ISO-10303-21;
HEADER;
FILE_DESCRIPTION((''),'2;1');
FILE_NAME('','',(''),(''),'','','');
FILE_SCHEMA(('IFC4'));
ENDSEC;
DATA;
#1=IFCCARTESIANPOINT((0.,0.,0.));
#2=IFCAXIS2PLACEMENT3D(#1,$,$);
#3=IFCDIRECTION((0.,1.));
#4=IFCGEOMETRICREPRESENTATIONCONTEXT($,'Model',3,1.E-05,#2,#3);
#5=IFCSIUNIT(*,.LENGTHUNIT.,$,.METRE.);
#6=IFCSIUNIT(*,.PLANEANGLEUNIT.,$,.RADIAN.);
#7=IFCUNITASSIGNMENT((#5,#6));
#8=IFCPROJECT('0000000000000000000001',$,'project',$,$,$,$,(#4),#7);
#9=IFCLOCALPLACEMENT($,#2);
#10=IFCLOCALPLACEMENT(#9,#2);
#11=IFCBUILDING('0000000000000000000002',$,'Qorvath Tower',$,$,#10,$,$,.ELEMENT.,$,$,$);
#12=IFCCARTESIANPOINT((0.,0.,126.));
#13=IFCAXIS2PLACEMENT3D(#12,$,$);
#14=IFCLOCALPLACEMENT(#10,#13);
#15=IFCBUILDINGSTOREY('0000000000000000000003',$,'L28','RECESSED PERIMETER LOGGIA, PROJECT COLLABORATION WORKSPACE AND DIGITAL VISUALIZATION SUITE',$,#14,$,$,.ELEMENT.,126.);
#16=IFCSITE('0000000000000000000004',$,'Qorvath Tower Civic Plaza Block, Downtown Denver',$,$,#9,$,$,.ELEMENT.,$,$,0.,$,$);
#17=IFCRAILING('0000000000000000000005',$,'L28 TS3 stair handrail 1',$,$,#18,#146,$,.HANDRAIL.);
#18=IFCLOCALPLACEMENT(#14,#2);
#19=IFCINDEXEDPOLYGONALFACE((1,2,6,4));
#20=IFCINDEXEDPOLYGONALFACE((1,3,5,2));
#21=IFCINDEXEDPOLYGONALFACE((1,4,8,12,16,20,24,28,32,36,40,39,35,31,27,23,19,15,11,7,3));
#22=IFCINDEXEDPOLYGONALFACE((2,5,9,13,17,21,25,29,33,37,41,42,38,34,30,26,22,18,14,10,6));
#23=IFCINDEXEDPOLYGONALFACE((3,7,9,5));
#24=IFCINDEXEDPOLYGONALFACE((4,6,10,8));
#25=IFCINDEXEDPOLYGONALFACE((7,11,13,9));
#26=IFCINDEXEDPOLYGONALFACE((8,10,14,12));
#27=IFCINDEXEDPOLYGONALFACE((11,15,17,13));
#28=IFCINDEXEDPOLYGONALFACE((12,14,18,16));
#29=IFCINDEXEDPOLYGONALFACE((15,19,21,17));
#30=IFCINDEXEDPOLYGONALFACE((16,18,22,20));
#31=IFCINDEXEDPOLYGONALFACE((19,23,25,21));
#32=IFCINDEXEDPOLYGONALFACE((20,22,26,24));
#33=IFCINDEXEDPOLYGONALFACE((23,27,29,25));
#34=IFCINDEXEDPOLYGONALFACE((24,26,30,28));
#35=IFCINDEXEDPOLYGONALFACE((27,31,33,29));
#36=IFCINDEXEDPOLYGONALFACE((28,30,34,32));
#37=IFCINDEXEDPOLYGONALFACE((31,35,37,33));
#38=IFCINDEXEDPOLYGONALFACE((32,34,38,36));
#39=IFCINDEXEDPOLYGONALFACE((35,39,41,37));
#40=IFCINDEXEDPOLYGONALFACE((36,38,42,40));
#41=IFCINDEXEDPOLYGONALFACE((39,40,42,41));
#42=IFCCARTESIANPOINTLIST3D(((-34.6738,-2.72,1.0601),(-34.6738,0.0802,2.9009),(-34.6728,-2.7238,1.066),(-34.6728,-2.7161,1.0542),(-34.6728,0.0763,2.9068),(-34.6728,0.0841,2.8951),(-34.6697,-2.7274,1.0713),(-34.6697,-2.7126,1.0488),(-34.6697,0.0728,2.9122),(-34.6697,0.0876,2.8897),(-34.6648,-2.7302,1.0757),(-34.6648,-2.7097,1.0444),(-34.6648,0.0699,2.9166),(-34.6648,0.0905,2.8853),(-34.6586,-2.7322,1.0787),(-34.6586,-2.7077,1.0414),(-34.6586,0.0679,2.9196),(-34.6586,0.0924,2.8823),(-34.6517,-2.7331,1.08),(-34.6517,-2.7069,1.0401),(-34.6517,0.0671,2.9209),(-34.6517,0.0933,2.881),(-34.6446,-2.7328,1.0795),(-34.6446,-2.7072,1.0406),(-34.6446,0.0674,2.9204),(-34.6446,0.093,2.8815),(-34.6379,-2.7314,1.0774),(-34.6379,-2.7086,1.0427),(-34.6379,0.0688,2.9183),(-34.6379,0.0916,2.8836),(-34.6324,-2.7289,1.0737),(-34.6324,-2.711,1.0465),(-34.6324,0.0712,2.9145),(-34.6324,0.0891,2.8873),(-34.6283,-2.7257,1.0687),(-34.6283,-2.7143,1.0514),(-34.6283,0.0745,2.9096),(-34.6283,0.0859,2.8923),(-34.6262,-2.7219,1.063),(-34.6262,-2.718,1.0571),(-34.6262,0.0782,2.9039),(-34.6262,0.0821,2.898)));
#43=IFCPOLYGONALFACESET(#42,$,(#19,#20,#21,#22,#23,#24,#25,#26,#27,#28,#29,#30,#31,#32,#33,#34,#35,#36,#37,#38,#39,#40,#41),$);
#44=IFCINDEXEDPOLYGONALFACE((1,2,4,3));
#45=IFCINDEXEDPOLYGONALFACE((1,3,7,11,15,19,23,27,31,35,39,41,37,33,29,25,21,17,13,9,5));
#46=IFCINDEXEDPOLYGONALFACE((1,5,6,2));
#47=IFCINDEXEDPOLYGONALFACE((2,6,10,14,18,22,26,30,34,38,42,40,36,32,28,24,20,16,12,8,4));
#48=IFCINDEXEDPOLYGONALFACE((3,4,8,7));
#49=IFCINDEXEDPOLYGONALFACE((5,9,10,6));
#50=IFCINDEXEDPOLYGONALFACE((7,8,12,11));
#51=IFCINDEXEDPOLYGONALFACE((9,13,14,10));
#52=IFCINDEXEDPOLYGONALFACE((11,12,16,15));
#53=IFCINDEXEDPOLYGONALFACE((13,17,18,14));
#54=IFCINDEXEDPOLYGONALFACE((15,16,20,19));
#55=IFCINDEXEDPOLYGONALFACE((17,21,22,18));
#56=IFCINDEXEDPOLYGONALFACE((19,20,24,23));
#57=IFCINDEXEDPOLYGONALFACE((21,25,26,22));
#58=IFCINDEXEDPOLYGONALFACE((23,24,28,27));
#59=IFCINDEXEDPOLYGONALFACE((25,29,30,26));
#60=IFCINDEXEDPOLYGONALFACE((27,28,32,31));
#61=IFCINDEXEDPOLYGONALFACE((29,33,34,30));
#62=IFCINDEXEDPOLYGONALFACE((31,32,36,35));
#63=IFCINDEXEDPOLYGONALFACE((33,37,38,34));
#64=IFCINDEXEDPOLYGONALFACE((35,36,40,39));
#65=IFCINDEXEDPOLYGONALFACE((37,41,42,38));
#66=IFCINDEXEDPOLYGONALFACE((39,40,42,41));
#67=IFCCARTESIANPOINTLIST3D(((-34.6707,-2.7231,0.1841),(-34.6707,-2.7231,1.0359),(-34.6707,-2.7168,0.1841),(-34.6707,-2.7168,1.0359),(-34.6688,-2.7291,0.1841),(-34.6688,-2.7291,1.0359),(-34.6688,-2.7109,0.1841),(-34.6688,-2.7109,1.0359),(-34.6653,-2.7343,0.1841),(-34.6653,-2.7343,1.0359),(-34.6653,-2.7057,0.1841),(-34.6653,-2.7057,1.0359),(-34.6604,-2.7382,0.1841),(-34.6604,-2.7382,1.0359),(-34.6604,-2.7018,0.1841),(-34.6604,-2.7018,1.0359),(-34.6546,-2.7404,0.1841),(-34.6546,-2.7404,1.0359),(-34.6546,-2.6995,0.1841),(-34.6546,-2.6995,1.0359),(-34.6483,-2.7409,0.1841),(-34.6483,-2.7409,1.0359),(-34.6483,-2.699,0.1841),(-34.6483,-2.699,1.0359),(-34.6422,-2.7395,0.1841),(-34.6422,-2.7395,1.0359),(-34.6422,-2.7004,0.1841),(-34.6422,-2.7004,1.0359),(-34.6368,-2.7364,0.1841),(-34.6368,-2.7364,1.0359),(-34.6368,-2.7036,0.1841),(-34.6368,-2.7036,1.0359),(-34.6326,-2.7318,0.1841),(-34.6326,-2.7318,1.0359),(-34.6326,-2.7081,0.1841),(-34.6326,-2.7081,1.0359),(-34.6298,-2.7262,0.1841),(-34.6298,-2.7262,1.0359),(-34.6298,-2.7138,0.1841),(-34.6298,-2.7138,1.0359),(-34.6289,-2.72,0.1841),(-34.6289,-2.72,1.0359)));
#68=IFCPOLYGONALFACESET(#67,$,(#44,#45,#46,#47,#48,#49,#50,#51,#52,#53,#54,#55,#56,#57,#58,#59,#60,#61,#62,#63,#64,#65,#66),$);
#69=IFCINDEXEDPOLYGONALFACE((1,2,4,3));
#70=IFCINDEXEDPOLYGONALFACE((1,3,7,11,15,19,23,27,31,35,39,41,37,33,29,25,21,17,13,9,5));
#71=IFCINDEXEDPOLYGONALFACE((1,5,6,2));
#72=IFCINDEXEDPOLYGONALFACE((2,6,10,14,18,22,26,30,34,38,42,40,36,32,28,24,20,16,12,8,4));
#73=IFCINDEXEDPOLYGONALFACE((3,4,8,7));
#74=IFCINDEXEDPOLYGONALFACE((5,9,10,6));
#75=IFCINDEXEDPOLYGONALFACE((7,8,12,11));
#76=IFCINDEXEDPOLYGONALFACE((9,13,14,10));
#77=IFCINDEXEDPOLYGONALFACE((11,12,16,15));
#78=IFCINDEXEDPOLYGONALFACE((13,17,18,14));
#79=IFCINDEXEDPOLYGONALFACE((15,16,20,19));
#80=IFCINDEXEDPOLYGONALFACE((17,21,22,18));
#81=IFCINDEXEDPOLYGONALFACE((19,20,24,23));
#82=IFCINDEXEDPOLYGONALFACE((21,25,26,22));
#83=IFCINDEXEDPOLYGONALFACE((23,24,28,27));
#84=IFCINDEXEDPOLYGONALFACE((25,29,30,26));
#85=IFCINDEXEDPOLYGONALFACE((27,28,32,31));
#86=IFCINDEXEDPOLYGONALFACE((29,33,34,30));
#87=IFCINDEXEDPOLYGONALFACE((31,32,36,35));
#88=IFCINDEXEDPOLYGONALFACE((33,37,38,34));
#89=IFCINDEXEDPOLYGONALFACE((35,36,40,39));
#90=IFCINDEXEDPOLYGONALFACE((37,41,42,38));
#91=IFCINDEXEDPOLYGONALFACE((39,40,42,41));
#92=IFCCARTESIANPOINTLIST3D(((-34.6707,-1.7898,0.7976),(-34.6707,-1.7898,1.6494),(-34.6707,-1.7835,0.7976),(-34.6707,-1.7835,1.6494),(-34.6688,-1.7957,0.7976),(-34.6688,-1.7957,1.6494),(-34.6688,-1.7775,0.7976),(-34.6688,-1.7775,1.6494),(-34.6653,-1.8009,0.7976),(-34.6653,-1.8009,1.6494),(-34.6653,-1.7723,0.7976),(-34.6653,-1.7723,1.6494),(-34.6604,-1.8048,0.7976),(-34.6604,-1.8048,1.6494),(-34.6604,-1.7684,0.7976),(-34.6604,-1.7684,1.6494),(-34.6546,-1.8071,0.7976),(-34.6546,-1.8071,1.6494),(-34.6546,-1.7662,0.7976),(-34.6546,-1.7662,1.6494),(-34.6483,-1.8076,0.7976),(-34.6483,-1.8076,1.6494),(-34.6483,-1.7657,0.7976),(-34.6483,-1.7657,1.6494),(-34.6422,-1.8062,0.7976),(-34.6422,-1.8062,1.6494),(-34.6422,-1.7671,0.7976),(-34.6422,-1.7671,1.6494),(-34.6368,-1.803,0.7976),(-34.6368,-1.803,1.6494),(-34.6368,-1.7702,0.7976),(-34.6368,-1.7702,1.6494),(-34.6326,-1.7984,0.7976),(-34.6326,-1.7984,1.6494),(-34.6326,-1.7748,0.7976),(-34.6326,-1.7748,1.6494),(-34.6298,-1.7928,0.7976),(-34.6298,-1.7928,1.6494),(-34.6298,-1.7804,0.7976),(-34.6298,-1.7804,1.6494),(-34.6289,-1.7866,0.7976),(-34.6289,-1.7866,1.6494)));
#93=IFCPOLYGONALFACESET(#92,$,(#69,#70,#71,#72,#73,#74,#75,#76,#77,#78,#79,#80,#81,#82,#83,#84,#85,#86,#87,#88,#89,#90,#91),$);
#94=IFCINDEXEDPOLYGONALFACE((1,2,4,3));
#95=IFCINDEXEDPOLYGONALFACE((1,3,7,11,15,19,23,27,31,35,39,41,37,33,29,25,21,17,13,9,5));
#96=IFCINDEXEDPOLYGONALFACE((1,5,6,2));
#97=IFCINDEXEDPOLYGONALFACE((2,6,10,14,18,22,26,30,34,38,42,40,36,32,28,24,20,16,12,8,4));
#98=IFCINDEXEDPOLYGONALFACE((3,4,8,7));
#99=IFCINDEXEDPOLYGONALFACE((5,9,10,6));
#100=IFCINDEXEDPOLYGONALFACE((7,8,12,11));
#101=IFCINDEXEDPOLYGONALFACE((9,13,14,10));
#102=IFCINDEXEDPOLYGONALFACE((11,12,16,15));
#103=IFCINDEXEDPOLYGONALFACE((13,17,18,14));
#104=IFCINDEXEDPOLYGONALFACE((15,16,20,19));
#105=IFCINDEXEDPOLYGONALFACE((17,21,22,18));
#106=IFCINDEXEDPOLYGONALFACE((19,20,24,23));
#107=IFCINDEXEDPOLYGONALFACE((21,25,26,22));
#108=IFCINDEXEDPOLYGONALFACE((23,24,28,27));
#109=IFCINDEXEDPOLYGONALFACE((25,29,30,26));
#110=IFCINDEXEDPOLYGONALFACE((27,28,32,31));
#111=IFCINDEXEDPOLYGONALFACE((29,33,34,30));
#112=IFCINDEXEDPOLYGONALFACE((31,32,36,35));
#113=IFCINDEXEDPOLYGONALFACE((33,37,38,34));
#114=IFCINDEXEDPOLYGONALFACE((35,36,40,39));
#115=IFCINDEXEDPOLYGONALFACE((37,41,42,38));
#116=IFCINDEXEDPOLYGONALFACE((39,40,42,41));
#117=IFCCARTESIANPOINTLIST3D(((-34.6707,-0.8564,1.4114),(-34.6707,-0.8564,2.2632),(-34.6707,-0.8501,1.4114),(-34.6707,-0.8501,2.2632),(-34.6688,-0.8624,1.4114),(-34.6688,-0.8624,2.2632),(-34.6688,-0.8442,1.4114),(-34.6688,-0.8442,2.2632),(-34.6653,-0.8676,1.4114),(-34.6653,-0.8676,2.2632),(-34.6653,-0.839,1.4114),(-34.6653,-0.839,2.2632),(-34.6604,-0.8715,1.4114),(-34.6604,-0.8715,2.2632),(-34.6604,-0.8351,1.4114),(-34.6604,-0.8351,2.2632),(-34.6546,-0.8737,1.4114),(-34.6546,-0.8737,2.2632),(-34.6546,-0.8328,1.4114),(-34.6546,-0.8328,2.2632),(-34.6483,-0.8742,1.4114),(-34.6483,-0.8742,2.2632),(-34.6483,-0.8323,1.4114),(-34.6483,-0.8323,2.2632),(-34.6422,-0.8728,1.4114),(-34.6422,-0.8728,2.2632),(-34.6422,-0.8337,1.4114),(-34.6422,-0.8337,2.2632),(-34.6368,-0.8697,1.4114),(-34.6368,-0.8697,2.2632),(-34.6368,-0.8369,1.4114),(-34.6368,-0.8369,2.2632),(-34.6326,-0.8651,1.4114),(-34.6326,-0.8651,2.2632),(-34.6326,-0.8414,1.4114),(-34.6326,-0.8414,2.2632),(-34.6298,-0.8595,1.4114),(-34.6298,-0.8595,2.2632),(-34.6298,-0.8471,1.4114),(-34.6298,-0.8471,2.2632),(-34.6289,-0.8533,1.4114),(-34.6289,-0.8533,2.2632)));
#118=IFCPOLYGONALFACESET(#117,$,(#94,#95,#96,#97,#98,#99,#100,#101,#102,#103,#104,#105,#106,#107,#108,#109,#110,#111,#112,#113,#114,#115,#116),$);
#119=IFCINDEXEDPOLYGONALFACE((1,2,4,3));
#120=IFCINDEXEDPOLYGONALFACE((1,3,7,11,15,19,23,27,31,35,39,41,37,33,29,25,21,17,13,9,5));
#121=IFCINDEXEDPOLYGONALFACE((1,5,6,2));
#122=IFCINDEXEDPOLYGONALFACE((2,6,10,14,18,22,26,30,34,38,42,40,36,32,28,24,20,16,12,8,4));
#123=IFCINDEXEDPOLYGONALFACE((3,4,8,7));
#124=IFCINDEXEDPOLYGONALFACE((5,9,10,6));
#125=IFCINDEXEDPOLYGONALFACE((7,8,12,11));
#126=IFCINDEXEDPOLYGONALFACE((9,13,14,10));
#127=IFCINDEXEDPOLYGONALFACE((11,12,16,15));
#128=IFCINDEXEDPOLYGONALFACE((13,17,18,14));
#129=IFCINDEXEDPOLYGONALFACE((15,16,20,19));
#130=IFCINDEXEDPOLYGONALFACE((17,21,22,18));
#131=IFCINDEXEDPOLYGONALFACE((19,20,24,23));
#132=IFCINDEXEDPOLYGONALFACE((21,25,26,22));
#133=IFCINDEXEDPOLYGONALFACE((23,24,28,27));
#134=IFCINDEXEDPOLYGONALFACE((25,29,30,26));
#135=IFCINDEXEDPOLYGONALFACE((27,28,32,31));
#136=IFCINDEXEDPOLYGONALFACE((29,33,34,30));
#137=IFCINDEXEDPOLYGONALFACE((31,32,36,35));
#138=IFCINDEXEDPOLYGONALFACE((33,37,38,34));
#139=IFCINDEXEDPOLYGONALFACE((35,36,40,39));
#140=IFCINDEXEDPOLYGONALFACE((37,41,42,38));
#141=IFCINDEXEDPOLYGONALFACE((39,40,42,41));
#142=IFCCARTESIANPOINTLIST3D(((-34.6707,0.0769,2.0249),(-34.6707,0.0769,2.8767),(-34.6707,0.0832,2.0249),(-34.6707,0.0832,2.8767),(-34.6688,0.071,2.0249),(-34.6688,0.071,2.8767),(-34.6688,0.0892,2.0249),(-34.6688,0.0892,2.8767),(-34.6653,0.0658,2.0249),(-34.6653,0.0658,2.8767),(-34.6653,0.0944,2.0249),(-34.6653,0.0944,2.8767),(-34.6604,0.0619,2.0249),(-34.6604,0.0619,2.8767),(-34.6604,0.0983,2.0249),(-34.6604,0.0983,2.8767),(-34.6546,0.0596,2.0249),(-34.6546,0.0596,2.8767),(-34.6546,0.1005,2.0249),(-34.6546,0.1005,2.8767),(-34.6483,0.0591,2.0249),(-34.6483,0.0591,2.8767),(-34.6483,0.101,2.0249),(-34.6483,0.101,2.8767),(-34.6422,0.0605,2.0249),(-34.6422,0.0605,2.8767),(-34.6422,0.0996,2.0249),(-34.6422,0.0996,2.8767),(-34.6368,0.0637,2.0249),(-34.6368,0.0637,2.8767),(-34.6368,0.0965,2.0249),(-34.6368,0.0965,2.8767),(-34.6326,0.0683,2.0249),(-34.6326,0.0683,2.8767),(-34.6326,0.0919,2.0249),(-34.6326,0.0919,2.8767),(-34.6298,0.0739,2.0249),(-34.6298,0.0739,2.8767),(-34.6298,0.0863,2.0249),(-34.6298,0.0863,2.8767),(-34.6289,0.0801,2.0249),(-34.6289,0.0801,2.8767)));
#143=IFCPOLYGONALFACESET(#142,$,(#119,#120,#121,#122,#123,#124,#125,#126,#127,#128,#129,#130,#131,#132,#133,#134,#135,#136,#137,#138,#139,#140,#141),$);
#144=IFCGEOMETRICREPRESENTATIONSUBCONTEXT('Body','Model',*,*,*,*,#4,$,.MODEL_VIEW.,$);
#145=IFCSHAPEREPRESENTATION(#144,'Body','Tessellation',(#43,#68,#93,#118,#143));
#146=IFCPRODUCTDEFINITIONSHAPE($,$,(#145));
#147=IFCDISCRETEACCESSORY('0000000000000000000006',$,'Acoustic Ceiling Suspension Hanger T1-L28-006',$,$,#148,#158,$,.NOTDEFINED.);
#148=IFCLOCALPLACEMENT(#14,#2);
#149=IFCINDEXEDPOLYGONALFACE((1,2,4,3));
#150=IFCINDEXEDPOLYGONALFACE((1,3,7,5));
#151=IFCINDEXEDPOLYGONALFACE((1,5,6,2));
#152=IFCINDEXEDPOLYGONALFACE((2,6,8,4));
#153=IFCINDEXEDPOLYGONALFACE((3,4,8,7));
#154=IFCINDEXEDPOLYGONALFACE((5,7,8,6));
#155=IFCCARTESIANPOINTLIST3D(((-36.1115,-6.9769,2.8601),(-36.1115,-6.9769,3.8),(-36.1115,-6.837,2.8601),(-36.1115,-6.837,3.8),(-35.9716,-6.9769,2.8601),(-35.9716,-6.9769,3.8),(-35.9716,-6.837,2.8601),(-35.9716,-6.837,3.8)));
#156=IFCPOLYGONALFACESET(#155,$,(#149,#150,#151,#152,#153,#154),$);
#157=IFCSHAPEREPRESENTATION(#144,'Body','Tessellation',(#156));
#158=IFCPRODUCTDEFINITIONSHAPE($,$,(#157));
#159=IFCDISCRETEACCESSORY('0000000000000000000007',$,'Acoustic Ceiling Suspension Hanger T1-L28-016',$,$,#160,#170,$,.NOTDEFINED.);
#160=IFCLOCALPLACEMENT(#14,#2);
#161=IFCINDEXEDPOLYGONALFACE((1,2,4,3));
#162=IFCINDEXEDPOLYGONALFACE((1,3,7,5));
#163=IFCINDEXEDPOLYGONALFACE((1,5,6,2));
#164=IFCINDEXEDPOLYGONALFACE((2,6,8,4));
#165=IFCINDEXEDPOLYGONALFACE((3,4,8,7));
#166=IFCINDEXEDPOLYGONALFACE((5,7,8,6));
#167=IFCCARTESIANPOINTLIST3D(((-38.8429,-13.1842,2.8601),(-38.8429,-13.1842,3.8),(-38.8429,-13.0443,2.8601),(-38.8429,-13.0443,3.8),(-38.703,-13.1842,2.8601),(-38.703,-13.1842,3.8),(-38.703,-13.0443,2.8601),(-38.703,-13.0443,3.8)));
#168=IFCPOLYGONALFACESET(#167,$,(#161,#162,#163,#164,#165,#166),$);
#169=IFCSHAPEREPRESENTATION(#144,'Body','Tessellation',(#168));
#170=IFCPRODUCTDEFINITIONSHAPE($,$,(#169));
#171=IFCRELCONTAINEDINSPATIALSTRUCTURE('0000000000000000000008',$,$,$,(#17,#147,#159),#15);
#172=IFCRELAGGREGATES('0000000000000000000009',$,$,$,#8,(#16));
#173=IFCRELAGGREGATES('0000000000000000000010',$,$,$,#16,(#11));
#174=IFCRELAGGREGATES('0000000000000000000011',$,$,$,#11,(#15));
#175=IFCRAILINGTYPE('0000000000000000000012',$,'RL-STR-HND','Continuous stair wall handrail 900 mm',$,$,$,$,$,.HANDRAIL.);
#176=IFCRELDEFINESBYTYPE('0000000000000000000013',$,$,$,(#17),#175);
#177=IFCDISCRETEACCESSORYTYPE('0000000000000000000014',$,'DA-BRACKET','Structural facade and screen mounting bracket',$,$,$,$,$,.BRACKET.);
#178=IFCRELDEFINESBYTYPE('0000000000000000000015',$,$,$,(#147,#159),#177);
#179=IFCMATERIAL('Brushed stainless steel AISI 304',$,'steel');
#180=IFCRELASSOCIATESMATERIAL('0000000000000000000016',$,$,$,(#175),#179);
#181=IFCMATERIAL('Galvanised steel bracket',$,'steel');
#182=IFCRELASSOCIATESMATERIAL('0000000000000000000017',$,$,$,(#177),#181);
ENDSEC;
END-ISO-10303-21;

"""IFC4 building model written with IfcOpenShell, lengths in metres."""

from ifc_helpers import new_model, si_unit, direction, frame, origin, origin_2d, place, context, subcontext, project, spatial, rectangle, circle, extrude, material, type_object, element, save


model = new_model("IFC4")

# Units and contexts
model_context = context("Model", 3, precision=1e-05, world=origin(), true_north=direction((0.0, 1.0)))
body_context = subcontext(model_context, "Body", "Model", "MODEL_VIEW")
ifc_project = project(units=[si_unit("LENGTHUNIT", "METRE"), si_unit("PLANEANGLEUNIT", "RADIAN")], contexts=[model_context])

# Site, building, storey
site_placement = place(None, origin())
site = spatial("IfcSite", under=ifc_project, at=site_placement, Name="Qorvath Tower Civic Plaza Block, Downtown Denver", CompositionType="ELEMENT", RefElevation=0.0)
building_placement = place(site_placement, origin())
building = spatial("IfcBuilding", under=site, at=building_placement, Name="Qorvath Tower", CompositionType="ELEMENT")
storey_placement = place(building_placement, frame((0.0, 0.0, 126.0)))
storey = spatial("IfcBuildingStorey", under=building, at=storey_placement, Name="L28", Description="RECESSED PERIMETER LOGGIA, PROJECT COLLABORATION WORKSPACE AND DIGITAL VISUALIZATION SUITE", CompositionType="ELEMENT", Elevation=126.0)

# Railing
ifc_material_1 = material(Name="Brushed stainless steel AISI 304", Category="steel")
railing_type_1 = type_object("IfcRailingType", Name="RL-STR-HND", Description="Continuous stair wall handrail 900 mm", PredefinedType="HANDRAIL", material=ifc_material_1)
railing_1_placement = place(storey_placement, frame((-34.6499, -2.72, 0.1841)))
element("IfcRailing", 1, at=railing_1_placement, inside=storey, type_object=railing_type_1, Name="L28 TS3 stair handrail 1", PredefinedType="HANDRAIL", context=body_context, shape_type="SweptSolid", body=[
    extrude(circle(Radius=0.0239, at=origin_2d()), frame((0.0, 0.0, 0.876), z_axis=(0.0, 0.835598, 0.549342), x_axis=(-1.0, 0.0, 0.0)), (0.0, 0.0, 1.0), 3.3511),
    extrude(circle(Radius=0.021, at=origin_2d()), origin(), (0.0, 0.0, 1.0), 0.8518),
    extrude(circle(Radius=0.021, at=origin_2d()), frame((0.0, 0.9333, 0.6135)), (0.0, 0.0, 1.0), 0.8518),
    extrude(circle(Radius=0.021, at=origin_2d()), frame((0.0, 1.8667, 1.2273)), (0.0, 0.0, 1.0), 0.8518),
    extrude(circle(Radius=0.021, at=origin_2d()), frame((0.0, 2.8, 1.8408)), (0.0, 0.0, 1.0), 0.8518),
])

# Discrete accessories
ifc_material_2 = material(Name="Galvanised steel bracket", Category="steel")
discrete_accessory_type = type_object("IfcDiscreteAccessoryType", Name="DA-BRACKET", Description="Structural facade and screen mounting bracket", PredefinedType="BRACKET", material=ifc_material_2)
for number, where, z_axis, x_axis, name in (
    (2, (-36.0415, -6.907, 2.8601), (0.0, 0.0, 1.0), (1.0, 0.0, 0.0), "Acoustic Ceiling Suspension Hanger T1-L28-006"),
    (3, (-38.7729, -13.1143, 2.8601), (0.0, 0.0, 1.0), (1.0, 0.0, 0.0), "Acoustic Ceiling Suspension Hanger T1-L28-016"),
):
    element("IfcDiscreteAccessory", number, at=place(storey_placement, frame(where, z_axis=z_axis, x_axis=x_axis)), inside=storey, type_object=discrete_accessory_type, Name=name, PredefinedType="NOTDEFINED", context=body_context, shape_type="SweptSolid", body=[
        extrude(rectangle(XDim=0.1399, YDim=0.1399, at=origin_2d()), origin(), (0.0, 0.0, 1.0), 0.9399),
    ])

save(model, "model.ifc")
